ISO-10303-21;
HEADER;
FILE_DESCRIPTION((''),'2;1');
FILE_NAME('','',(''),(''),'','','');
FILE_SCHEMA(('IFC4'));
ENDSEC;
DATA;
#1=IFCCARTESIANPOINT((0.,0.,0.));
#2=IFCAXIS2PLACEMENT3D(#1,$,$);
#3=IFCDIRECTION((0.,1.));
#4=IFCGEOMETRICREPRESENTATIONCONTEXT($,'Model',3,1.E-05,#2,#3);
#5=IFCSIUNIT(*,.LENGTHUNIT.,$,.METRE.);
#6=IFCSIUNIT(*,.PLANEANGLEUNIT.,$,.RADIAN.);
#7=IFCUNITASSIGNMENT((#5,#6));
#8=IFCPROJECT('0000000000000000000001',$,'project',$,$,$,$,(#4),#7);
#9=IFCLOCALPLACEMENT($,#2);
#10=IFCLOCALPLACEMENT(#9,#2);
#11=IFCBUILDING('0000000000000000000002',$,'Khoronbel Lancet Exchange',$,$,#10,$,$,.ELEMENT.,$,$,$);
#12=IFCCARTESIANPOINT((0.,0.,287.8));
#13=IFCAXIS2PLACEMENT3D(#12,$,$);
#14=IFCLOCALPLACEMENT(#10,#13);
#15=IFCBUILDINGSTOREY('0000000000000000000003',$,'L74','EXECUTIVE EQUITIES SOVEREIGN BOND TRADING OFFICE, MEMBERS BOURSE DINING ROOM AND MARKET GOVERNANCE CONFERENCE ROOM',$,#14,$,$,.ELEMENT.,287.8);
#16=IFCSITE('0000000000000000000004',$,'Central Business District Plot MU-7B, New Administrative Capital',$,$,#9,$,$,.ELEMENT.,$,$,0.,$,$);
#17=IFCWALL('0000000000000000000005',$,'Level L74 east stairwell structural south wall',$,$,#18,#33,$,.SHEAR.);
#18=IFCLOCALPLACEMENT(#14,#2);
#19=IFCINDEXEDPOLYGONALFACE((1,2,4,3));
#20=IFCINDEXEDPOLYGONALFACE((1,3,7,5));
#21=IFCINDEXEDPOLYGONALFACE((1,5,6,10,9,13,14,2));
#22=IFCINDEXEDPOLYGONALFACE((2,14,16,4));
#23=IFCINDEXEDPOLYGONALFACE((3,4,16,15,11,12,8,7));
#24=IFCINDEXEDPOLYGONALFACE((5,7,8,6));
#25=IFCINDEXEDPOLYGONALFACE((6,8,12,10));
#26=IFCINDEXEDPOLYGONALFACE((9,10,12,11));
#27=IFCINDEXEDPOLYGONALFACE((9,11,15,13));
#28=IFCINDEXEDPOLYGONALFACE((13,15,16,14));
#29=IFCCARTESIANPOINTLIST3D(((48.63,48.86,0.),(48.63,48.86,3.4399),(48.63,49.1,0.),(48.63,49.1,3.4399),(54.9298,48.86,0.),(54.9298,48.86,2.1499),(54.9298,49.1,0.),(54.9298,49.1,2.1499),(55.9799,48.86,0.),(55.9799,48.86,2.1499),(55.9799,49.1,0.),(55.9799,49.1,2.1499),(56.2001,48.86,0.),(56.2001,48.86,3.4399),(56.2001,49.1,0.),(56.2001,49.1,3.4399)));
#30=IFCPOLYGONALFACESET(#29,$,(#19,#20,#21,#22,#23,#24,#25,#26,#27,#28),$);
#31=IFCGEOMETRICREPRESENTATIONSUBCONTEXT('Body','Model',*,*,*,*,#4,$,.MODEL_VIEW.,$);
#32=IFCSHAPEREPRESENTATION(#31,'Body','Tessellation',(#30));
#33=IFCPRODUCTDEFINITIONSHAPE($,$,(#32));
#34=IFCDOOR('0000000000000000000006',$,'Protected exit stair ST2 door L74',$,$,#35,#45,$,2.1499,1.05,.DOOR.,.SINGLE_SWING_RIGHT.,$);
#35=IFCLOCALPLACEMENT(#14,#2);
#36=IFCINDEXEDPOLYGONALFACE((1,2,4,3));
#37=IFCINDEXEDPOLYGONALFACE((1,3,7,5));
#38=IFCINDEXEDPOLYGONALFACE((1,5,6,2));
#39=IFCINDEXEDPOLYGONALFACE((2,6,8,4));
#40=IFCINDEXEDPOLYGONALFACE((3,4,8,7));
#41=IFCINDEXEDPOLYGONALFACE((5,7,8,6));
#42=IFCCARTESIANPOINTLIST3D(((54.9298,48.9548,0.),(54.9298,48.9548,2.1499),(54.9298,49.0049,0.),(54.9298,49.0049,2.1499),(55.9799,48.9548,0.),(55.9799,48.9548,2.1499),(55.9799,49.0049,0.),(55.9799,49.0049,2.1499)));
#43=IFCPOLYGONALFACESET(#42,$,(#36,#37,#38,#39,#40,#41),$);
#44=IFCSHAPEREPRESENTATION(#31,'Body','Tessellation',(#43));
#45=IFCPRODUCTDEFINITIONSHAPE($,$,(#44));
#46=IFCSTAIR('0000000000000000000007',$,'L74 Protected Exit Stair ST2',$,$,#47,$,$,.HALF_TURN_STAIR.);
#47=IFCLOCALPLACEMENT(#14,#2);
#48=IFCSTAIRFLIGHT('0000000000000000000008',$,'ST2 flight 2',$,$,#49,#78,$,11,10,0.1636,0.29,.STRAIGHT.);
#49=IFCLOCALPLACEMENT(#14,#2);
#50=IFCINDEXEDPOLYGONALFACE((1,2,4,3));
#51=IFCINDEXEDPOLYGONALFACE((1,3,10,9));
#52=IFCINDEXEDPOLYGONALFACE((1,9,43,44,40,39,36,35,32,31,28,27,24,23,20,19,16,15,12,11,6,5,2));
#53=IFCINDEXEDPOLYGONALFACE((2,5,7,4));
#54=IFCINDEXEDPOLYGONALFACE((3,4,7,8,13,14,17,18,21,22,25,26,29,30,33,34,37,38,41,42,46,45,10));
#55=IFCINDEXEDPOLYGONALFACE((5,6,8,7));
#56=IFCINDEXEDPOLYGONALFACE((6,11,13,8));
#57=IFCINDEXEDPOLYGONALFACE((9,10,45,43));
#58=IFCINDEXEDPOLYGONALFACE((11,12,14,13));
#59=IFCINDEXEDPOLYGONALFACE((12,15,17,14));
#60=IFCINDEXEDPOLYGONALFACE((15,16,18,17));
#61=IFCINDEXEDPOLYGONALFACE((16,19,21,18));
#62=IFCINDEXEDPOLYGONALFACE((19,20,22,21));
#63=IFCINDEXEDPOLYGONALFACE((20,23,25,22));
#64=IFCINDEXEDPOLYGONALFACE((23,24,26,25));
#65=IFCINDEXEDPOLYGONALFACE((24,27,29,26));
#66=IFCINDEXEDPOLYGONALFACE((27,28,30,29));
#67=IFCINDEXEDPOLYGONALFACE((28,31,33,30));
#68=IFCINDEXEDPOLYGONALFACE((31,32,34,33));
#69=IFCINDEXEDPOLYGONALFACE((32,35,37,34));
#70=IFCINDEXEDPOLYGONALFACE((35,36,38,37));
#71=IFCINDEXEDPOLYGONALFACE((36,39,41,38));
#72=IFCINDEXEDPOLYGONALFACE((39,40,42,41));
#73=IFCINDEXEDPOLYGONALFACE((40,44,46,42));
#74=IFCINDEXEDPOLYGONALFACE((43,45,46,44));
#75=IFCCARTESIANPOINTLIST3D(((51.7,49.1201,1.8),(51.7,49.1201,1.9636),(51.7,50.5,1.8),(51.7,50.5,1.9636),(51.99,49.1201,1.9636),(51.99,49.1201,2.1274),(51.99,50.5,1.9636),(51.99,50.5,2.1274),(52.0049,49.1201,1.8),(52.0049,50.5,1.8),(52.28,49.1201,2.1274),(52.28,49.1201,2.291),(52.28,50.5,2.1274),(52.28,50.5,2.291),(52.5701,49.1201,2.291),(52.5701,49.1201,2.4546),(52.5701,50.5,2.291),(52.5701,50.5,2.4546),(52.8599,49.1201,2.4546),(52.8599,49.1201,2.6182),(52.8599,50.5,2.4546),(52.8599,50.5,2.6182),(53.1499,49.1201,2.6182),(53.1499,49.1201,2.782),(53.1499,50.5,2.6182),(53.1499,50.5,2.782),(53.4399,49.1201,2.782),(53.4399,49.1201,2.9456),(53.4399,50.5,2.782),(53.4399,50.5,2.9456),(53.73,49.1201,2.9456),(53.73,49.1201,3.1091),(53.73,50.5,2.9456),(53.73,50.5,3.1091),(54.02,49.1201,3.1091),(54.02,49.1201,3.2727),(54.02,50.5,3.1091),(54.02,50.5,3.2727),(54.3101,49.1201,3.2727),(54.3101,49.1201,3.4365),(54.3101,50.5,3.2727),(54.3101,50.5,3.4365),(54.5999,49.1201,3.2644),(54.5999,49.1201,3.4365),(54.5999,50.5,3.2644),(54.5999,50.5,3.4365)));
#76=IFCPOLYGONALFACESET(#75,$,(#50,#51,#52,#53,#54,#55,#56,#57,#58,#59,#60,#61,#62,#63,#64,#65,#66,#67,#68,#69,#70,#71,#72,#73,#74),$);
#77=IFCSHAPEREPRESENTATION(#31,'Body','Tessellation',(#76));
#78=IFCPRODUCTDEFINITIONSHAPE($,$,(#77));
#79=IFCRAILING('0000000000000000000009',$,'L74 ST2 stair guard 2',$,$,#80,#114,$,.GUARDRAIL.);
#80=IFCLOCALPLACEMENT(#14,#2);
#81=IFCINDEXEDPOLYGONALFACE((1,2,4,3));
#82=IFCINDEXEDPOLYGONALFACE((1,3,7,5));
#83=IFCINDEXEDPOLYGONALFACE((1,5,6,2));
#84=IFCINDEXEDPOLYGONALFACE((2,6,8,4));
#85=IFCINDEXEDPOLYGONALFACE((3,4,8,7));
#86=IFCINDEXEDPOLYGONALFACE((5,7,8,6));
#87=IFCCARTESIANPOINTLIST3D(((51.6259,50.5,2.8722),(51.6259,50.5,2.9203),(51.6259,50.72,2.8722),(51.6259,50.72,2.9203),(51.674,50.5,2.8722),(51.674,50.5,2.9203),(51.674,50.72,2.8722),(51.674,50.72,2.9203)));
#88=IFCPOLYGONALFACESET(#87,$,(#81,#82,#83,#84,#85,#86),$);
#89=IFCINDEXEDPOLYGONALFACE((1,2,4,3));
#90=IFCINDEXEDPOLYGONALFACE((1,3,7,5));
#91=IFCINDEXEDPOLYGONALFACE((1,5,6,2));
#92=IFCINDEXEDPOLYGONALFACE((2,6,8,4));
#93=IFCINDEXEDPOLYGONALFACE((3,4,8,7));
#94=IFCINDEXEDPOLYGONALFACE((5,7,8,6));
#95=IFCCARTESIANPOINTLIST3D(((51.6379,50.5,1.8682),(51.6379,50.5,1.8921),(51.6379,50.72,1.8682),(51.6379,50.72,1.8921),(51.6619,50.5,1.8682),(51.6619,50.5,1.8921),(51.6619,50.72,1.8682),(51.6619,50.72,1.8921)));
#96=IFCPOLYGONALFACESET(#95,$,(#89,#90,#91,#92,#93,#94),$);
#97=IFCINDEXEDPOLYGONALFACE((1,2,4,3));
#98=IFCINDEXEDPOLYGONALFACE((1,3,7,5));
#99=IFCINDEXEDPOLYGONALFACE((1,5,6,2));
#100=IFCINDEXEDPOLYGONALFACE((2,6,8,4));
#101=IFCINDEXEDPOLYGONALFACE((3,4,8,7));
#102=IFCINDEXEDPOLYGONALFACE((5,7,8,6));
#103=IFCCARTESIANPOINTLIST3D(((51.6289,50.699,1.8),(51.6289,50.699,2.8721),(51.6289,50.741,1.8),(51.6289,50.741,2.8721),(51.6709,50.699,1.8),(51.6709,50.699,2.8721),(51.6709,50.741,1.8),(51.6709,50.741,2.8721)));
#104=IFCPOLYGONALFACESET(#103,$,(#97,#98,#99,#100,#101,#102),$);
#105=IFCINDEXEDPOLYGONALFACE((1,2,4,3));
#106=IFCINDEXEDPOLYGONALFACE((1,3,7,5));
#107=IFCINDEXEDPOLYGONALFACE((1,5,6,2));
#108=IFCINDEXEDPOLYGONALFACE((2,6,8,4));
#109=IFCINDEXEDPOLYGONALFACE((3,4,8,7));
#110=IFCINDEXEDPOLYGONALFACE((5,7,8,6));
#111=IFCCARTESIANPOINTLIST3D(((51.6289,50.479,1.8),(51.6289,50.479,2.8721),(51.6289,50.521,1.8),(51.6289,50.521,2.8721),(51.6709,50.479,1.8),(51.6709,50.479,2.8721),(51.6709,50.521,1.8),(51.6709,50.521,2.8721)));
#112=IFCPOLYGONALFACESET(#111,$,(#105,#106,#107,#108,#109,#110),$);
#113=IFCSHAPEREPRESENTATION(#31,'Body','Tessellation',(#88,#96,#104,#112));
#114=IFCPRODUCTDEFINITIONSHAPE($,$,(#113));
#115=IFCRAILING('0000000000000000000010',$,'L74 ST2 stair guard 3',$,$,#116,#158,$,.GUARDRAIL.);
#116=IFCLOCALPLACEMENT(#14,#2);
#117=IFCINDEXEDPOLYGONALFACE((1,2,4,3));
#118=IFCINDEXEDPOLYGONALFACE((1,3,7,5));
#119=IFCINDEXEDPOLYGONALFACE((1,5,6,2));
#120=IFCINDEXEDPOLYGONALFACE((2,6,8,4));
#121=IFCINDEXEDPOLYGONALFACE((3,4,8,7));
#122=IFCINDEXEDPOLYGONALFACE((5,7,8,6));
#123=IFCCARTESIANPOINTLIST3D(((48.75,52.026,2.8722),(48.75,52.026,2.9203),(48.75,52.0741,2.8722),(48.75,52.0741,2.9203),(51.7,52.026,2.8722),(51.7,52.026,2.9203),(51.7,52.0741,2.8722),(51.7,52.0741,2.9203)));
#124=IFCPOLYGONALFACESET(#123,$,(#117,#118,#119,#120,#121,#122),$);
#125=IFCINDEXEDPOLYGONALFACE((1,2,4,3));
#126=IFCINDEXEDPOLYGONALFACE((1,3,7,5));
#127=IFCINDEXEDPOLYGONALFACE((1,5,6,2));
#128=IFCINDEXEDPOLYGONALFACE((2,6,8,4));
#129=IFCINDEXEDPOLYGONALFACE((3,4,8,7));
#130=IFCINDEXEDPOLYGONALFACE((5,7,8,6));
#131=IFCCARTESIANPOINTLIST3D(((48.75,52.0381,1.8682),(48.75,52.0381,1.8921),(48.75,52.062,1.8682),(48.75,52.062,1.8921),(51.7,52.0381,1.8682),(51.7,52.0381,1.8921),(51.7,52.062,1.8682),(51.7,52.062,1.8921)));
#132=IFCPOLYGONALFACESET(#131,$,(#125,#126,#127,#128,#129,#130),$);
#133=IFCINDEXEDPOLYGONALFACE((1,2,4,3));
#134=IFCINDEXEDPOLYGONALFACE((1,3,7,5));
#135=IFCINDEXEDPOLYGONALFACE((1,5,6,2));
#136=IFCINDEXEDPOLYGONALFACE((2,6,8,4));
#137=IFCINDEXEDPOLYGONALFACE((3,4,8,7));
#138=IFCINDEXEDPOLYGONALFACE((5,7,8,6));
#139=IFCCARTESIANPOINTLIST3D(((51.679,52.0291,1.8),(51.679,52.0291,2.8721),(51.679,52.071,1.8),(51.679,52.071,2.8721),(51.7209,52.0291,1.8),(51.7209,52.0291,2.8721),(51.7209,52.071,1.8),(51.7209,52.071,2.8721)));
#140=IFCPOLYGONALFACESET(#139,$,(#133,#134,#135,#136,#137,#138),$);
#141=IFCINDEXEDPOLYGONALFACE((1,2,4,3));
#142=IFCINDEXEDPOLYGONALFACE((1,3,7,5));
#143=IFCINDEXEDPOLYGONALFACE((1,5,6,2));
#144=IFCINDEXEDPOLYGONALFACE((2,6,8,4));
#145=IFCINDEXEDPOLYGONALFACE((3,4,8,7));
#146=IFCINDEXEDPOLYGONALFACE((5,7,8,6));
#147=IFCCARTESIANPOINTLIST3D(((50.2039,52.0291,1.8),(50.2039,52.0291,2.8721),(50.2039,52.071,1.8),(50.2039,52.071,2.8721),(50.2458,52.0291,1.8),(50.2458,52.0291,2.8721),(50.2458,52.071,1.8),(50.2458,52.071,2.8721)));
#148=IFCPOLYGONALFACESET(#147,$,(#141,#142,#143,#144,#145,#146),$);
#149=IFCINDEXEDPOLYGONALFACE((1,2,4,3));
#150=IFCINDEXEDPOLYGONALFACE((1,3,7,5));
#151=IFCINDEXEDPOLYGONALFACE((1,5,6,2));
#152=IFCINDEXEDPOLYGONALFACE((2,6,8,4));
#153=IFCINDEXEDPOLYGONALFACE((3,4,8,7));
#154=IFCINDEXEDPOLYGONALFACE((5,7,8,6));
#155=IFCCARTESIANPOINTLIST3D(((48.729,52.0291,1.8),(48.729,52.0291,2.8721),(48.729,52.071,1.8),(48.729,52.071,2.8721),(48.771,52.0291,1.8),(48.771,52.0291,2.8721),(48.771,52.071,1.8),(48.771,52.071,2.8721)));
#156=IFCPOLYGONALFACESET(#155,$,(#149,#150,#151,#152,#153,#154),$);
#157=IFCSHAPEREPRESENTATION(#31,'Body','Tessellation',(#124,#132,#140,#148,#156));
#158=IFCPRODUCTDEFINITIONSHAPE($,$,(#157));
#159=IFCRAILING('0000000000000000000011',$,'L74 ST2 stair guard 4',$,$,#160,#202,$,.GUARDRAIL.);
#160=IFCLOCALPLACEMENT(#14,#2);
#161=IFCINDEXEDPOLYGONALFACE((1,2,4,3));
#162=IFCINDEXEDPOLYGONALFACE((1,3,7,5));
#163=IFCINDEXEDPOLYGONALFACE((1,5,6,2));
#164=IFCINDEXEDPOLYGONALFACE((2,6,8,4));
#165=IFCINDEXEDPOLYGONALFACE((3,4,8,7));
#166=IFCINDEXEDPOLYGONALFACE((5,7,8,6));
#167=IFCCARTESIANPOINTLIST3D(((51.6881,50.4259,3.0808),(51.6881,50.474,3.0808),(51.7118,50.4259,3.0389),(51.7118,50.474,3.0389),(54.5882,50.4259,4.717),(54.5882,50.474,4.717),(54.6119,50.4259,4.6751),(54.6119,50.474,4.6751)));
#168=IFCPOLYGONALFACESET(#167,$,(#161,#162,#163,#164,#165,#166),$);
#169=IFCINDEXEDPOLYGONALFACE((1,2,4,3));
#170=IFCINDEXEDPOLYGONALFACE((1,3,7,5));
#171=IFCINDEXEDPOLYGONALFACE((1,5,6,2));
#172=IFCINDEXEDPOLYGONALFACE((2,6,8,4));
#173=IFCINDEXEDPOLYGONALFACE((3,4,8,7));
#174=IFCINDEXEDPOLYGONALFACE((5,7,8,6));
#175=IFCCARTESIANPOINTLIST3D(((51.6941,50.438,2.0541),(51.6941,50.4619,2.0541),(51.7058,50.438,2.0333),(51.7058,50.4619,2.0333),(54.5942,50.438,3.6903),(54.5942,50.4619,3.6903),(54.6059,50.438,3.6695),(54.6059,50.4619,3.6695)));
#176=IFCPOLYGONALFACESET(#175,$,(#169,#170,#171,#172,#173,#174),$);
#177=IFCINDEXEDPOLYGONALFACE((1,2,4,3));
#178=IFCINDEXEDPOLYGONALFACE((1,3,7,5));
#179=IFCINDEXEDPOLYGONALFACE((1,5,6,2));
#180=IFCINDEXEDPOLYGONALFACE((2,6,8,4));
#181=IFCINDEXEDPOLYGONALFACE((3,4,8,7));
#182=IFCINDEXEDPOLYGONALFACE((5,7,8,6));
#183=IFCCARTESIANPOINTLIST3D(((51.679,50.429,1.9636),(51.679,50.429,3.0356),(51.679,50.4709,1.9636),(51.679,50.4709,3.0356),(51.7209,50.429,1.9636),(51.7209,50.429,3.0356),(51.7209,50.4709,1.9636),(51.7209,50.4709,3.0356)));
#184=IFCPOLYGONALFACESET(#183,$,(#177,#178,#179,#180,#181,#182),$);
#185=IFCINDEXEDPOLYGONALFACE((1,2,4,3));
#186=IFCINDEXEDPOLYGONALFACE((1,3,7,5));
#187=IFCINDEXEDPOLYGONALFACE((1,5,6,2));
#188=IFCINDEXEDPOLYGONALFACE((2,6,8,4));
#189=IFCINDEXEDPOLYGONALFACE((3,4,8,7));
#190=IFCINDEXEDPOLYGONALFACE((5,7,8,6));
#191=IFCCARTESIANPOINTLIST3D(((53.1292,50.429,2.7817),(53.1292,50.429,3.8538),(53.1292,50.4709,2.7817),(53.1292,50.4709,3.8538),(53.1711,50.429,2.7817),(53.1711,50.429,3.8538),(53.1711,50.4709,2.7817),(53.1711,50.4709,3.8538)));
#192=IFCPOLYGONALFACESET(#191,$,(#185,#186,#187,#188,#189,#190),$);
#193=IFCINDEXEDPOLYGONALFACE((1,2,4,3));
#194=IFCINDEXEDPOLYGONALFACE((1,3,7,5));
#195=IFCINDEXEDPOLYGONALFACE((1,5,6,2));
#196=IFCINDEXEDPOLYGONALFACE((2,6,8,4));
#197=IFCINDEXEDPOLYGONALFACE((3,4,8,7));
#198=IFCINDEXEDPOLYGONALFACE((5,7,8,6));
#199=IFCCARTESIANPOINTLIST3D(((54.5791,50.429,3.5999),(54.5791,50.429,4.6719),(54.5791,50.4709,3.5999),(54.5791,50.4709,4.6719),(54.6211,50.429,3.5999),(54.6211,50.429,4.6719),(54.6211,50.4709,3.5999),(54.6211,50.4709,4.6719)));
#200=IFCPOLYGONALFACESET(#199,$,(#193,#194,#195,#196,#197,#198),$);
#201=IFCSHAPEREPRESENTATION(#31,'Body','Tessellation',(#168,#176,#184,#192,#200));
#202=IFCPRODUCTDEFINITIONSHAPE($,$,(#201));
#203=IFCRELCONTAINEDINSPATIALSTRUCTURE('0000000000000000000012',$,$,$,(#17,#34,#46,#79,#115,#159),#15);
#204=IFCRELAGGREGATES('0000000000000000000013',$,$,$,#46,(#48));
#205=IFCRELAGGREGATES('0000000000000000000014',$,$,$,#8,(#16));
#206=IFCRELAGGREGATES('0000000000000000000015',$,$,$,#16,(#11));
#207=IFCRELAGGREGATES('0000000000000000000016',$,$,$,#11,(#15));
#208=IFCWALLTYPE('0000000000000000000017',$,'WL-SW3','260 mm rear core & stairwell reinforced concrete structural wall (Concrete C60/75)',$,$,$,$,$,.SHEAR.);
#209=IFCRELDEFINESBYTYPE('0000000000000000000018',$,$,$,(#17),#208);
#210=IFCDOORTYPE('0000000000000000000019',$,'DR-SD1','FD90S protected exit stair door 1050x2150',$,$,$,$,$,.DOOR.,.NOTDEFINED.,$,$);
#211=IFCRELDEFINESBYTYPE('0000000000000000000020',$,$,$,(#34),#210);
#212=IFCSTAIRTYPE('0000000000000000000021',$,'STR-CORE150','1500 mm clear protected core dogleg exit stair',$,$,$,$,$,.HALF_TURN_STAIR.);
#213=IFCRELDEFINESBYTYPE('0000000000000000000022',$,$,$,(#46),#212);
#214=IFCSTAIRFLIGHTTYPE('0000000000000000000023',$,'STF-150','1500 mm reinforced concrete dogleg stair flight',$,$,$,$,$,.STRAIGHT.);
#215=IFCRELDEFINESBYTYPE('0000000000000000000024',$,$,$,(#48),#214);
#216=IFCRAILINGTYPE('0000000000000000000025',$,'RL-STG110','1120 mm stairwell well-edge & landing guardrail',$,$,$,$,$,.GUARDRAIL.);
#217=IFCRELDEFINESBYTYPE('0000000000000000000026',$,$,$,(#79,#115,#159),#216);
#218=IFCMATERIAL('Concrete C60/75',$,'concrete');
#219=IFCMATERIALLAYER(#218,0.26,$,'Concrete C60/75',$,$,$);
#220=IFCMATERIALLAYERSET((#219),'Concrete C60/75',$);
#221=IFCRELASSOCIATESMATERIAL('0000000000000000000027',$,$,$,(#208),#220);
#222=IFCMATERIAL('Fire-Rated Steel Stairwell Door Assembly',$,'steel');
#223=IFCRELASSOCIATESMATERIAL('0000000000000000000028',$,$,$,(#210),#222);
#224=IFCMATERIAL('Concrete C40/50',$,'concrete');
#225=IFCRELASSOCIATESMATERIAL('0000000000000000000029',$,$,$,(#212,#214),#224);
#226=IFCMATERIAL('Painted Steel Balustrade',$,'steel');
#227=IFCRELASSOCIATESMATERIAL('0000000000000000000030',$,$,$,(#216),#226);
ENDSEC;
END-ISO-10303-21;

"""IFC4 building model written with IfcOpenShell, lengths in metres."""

from ifc_helpers import new_model, si_unit, direction, frame, frame_2d, origin, origin_2d, place, context, subcontext, project, spatial, polyline, rectangle, outline, extrude, material, layer, layer_set, type_object, element, fill, aggregate, save


model = new_model("IFC4")

# Units and contexts
model_context = context("Model", 3, precision=1e-05, world=origin(), true_north=direction((0.0, 1.0)))
body_context = subcontext(model_context, "Body", "Model", "MODEL_VIEW")
ifc_project = project(units=[si_unit("LENGTHUNIT", "METRE"), si_unit("PLANEANGLEUNIT", "RADIAN")], contexts=[model_context])

# Site, building, storey
site_placement = place(None, origin())
site = spatial("IfcSite", under=ifc_project, at=site_placement, Name="Central Business District Plot MU-7B, New Administrative Capital", CompositionType="ELEMENT", RefElevation=0.0)
building_placement = place(site_placement, origin())
building = spatial("IfcBuilding", under=site, at=building_placement, Name="Khoronbel Lancet Exchange", CompositionType="ELEMENT")
storey_placement = place(building_placement, frame((0.0, 0.0, 287.8)))
storey = spatial("IfcBuildingStorey", under=building, at=storey_placement, Name="L74", Description="EXECUTIVE EQUITIES SOVEREIGN BOND TRADING OFFICE, MEMBERS BOURSE DINING ROOM AND MARKET GOVERNANCE CONFERENCE ROOM", CompositionType="ELEMENT", Elevation=287.8)

# Shared definitions
ifc_material_1 = material(Name="Concrete C60/75", Category="concrete")

# Wall, opening, door
ifc_layer_1 = layer(ifc_material_1, 0.26, Name="Concrete C60/75")
ifc_layer_set_1 = layer_set([ifc_layer_1], Name="Concrete C60/75")
wall_type_1 = type_object("IfcWallType", Name="WL-SW3", Description="260 mm rear core & stairwell reinforced concrete structural wall (Concrete C60/75)", PredefinedType="SHEAR", material=ifc_layer_set_1)
wall_1_placement = place(storey_placement, frame((48.6299, 48.98, 0.0), z_axis=(0.0, 0.0, 1.0), x_axis=(1.0, 0.0, 0.0)))
wall_1 = element("IfcWall", 1, at=wall_1_placement, inside=storey, type_object=wall_type_1, Name="Level L74 east stairwell structural south wall", PredefinedType="SHEAR", context=body_context, shape_type="SweptSolid", body=[
    extrude(rectangle(XDim=7.5701, YDim=0.24, at=frame_2d((3.7852, 0.0))), origin(), (0.0, 0.0, 1.0), 3.4399),
])
opening_1_placement = place(wall_1_placement, frame((6.3, 0.0, 0.0)))
opening_1 = element("IfcOpeningElement", 2, at=opening_1_placement, cuts=wall_1, PredefinedType="OPENING", context=body_context, shape_type="SweptSolid", body=[
    extrude(rectangle(XDim=1.05, YDim=2.1499, at=frame_2d((0.5249, 1.075))), frame((0.0, 0.1299, 0.0), z_axis=(0.0, -1.0, 0.0), x_axis=(1.0, 0.0, 0.0)), (0.0, 0.0, 1.0), 0.26),
])
ifc_material_2 = material(Name="Fire-Rated Steel Stairwell Door Assembly", Category="steel")
door_type_1 = type_object("IfcDoorType", Name="DR-SD1", Description="FD90S protected exit stair door 1050x2150", OperationType="NOTDEFINED", PredefinedType="DOOR", material=ifc_material_2)
door_1_placement = place(opening_1_placement, origin())
door_1 = element("IfcDoor", 3, at=door_1_placement, inside=storey, type_object=door_type_1, Name="Protected exit stair ST2 door L74", OperationType="SINGLE_SWING_RIGHT", OverallHeight=2.1499, OverallWidth=1.05, PredefinedType="DOOR", context=body_context, shape_type="SweptSolid", body=[
    extrude(rectangle(XDim=1.05, YDim=2.1499, at=frame_2d((0.5249, 1.075))), frame((0.0, 0.0249, 0.0), z_axis=(0.0, -1.0, 0.0), x_axis=(1.0, 0.0, 0.0)), (0.0, 0.0, 1.0), 0.05),
])
fill(opening_1, door_1)

# Stair, stair flight
ifc_material_3 = material(Name="Concrete C40/50", Category="concrete")
stair_type = type_object("IfcStairType", Name="STR-CORE150", Description="1500 mm clear protected core dogleg exit stair", PredefinedType="HALF_TURN_STAIR", material=ifc_material_3)
stair_placement = place(storey_placement, origin())
stair = element("IfcStair", 4, at=stair_placement, inside=storey, type_object=stair_type, Name="L74 Protected Exit Stair ST2", PredefinedType="HALF_TURN_STAIR")
stair_flight_type = type_object("IfcStairFlightType", Name="STF-150", Description="1500 mm reinforced concrete dogleg stair flight", PredefinedType="STRAIGHT", material=ifc_material_3)
stair_flight_placement = place(storey_placement, frame((51.7, 49.8101, 1.8), z_axis=(0.0, 0.0, 1.0), x_axis=(1.0, 0.0, 0.0)))
stair_flight = element("IfcStairFlight", 5, at=stair_flight_placement, type_object=stair_flight_type, Name="ST2 flight 2", NumberOfRisers=11, NumberOfTreads=10, PredefinedType="STRAIGHT", RiserHeight=0.1636, TreadLength=0.29, context=body_context, shape_type="SweptSolid", body=[
    extrude(outline(polyline([(0.0, 0.0), (0.0, 0.1636), (0.29, 0.1636), (0.29, 0.3274), (0.5801, 0.3274), (0.5801, 0.491), (0.8701, 0.491), (0.8701, 0.6545), (1.1599, 0.6545), (1.1599, 0.8181), (1.45, 0.8181), (1.45, 0.9819), (1.74, 0.9819), (1.74, 1.1455), (2.03, 1.1455), (2.03, 1.3091), (2.3201, 1.3091), (2.3201, 1.4727), (2.6101, 1.4727), (2.6101, 1.6365), (2.8999, 1.6365), (2.8999, 1.8), (2.8999, 1.4644), (0.3049, 0.0), (0.0, 0.0)])), frame((0.0, 0.6899, 0.0), z_axis=(0.0, -1.0, 0.0), x_axis=(1.0, 0.0, 0.0)), (0.0, 0.0, 1.0), 1.3799),
])
aggregate(stair, [stair_flight])

# Railings
ifc_material_4 = material(Name="Painted Steel Balustrade", Category="steel")
railing_type_1 = type_object("IfcRailingType", Name="RL-STG110", Description="1120 mm stairwell well-edge & landing guardrail", PredefinedType="GUARDRAIL", material=ifc_material_4)
railing_1_placement = place(storey_placement, frame((51.6499, 50.72, 1.8)))
element("IfcRailing", 6, at=railing_1_placement, inside=storey, type_object=railing_type_1, Name="L74 ST2 stair guard 2", PredefinedType="GUARDRAIL", context=body_context, shape_type="SweptSolid", body=[
    extrude(rectangle(XDim=0.0481, YDim=0.0481, at=origin_2d()), frame((0.0, 0.0, 1.0962), z_axis=(0.0, -1.0, 0.0), x_axis=(1.0, 0.0, 0.0)), (0.0, 0.0, 1.0), 0.22),
    extrude(rectangle(XDim=0.0239, YDim=0.0239, at=origin_2d()), frame((0.0, 0.0, 0.0801), z_axis=(0.0, -1.0, 0.0), x_axis=(1.0, 0.0, 0.0)), (0.0, 0.0, 1.0), 0.22),
    extrude(rectangle(XDim=0.042, YDim=0.042, at=origin_2d()), origin(), (0.0, 0.0, 1.0), 1.072),
    extrude(rectangle(XDim=0.042, YDim=0.042, at=origin_2d()), frame((0.0, -0.22, 0.0)), (0.0, 0.0, 1.0), 1.072),
])
railing_2_placement = place(storey_placement, frame((51.7, 52.05, 1.8)))
element("IfcRailing", 7, at=railing_2_placement, inside=storey, type_object=railing_type_1, Name="L74 ST2 stair guard 3", PredefinedType="GUARDRAIL", context=body_context, shape_type="SweptSolid", body=[
    extrude(rectangle(XDim=0.0481, YDim=0.0481, at=origin_2d()), frame((0.0, 0.0, 1.0962), z_axis=(-1.0, 0.0, 0.0), x_axis=(0.0, -1.0, 0.0)), (0.0, 0.0, 1.0), 2.95),
    extrude(rectangle(XDim=0.0239, YDim=0.0239, at=origin_2d()), frame((0.0, 0.0, 0.0801), z_axis=(-1.0, 0.0, 0.0), x_axis=(0.0, -1.0, 0.0)), (0.0, 0.0, 1.0), 2.95),
    extrude(rectangle(XDim=0.042, YDim=0.042, at=origin_2d()), origin(), (0.0, 0.0, 1.0), 1.072),
    extrude(rectangle(XDim=0.042, YDim=0.042, at=origin_2d()), frame((-1.4751, 0.0, 0.0)), (0.0, 0.0, 1.0), 1.072),
    extrude(rectangle(XDim=0.042, YDim=0.042, at=origin_2d()), frame((-2.95, 0.0, 0.0)), (0.0, 0.0, 1.0), 1.072),
])
railing_3_placement = place(storey_placement, frame((51.7, 50.45, 1.9636)))
element("IfcRailing", 8, at=railing_3_placement, inside=storey, type_object=railing_type_1, Name="L74 ST2 stair guard 4", PredefinedType="GUARDRAIL", context=body_context, shape_type="SweptSolid", body=[
    extrude(rectangle(XDim=0.0481, YDim=0.0481, at=origin_2d()), frame((0.0, 0.0, 1.0962), z_axis=(0.870946, 0.0, 0.491378), x_axis=(0.0, 1.0, 0.0)), (0.0, 0.0, 1.0), 3.3298),
    extrude(rectangle(XDim=0.0239, YDim=0.0239, at=origin_2d()), frame((0.0, 0.0, 0.0801), z_axis=(0.870946, 0.0, 0.491378), x_axis=(0.0, 1.0, 0.0)), (0.0, 0.0, 1.0), 3.3298),
    extrude(rectangle(XDim=0.042, YDim=0.042, at=origin_2d()), origin(), (0.0, 0.0, 1.0), 1.072),
    extrude(rectangle(XDim=0.042, YDim=0.042, at=origin_2d()), frame((1.4502, 0.0, 0.8181)), (0.0, 0.0, 1.0), 1.072),
    extrude(rectangle(XDim=0.042, YDim=0.042, at=origin_2d()), frame((2.9001, 0.0, 1.6362)), (0.0, 0.0, 1.0), 1.072),
])

save(model, "model.ifc")
